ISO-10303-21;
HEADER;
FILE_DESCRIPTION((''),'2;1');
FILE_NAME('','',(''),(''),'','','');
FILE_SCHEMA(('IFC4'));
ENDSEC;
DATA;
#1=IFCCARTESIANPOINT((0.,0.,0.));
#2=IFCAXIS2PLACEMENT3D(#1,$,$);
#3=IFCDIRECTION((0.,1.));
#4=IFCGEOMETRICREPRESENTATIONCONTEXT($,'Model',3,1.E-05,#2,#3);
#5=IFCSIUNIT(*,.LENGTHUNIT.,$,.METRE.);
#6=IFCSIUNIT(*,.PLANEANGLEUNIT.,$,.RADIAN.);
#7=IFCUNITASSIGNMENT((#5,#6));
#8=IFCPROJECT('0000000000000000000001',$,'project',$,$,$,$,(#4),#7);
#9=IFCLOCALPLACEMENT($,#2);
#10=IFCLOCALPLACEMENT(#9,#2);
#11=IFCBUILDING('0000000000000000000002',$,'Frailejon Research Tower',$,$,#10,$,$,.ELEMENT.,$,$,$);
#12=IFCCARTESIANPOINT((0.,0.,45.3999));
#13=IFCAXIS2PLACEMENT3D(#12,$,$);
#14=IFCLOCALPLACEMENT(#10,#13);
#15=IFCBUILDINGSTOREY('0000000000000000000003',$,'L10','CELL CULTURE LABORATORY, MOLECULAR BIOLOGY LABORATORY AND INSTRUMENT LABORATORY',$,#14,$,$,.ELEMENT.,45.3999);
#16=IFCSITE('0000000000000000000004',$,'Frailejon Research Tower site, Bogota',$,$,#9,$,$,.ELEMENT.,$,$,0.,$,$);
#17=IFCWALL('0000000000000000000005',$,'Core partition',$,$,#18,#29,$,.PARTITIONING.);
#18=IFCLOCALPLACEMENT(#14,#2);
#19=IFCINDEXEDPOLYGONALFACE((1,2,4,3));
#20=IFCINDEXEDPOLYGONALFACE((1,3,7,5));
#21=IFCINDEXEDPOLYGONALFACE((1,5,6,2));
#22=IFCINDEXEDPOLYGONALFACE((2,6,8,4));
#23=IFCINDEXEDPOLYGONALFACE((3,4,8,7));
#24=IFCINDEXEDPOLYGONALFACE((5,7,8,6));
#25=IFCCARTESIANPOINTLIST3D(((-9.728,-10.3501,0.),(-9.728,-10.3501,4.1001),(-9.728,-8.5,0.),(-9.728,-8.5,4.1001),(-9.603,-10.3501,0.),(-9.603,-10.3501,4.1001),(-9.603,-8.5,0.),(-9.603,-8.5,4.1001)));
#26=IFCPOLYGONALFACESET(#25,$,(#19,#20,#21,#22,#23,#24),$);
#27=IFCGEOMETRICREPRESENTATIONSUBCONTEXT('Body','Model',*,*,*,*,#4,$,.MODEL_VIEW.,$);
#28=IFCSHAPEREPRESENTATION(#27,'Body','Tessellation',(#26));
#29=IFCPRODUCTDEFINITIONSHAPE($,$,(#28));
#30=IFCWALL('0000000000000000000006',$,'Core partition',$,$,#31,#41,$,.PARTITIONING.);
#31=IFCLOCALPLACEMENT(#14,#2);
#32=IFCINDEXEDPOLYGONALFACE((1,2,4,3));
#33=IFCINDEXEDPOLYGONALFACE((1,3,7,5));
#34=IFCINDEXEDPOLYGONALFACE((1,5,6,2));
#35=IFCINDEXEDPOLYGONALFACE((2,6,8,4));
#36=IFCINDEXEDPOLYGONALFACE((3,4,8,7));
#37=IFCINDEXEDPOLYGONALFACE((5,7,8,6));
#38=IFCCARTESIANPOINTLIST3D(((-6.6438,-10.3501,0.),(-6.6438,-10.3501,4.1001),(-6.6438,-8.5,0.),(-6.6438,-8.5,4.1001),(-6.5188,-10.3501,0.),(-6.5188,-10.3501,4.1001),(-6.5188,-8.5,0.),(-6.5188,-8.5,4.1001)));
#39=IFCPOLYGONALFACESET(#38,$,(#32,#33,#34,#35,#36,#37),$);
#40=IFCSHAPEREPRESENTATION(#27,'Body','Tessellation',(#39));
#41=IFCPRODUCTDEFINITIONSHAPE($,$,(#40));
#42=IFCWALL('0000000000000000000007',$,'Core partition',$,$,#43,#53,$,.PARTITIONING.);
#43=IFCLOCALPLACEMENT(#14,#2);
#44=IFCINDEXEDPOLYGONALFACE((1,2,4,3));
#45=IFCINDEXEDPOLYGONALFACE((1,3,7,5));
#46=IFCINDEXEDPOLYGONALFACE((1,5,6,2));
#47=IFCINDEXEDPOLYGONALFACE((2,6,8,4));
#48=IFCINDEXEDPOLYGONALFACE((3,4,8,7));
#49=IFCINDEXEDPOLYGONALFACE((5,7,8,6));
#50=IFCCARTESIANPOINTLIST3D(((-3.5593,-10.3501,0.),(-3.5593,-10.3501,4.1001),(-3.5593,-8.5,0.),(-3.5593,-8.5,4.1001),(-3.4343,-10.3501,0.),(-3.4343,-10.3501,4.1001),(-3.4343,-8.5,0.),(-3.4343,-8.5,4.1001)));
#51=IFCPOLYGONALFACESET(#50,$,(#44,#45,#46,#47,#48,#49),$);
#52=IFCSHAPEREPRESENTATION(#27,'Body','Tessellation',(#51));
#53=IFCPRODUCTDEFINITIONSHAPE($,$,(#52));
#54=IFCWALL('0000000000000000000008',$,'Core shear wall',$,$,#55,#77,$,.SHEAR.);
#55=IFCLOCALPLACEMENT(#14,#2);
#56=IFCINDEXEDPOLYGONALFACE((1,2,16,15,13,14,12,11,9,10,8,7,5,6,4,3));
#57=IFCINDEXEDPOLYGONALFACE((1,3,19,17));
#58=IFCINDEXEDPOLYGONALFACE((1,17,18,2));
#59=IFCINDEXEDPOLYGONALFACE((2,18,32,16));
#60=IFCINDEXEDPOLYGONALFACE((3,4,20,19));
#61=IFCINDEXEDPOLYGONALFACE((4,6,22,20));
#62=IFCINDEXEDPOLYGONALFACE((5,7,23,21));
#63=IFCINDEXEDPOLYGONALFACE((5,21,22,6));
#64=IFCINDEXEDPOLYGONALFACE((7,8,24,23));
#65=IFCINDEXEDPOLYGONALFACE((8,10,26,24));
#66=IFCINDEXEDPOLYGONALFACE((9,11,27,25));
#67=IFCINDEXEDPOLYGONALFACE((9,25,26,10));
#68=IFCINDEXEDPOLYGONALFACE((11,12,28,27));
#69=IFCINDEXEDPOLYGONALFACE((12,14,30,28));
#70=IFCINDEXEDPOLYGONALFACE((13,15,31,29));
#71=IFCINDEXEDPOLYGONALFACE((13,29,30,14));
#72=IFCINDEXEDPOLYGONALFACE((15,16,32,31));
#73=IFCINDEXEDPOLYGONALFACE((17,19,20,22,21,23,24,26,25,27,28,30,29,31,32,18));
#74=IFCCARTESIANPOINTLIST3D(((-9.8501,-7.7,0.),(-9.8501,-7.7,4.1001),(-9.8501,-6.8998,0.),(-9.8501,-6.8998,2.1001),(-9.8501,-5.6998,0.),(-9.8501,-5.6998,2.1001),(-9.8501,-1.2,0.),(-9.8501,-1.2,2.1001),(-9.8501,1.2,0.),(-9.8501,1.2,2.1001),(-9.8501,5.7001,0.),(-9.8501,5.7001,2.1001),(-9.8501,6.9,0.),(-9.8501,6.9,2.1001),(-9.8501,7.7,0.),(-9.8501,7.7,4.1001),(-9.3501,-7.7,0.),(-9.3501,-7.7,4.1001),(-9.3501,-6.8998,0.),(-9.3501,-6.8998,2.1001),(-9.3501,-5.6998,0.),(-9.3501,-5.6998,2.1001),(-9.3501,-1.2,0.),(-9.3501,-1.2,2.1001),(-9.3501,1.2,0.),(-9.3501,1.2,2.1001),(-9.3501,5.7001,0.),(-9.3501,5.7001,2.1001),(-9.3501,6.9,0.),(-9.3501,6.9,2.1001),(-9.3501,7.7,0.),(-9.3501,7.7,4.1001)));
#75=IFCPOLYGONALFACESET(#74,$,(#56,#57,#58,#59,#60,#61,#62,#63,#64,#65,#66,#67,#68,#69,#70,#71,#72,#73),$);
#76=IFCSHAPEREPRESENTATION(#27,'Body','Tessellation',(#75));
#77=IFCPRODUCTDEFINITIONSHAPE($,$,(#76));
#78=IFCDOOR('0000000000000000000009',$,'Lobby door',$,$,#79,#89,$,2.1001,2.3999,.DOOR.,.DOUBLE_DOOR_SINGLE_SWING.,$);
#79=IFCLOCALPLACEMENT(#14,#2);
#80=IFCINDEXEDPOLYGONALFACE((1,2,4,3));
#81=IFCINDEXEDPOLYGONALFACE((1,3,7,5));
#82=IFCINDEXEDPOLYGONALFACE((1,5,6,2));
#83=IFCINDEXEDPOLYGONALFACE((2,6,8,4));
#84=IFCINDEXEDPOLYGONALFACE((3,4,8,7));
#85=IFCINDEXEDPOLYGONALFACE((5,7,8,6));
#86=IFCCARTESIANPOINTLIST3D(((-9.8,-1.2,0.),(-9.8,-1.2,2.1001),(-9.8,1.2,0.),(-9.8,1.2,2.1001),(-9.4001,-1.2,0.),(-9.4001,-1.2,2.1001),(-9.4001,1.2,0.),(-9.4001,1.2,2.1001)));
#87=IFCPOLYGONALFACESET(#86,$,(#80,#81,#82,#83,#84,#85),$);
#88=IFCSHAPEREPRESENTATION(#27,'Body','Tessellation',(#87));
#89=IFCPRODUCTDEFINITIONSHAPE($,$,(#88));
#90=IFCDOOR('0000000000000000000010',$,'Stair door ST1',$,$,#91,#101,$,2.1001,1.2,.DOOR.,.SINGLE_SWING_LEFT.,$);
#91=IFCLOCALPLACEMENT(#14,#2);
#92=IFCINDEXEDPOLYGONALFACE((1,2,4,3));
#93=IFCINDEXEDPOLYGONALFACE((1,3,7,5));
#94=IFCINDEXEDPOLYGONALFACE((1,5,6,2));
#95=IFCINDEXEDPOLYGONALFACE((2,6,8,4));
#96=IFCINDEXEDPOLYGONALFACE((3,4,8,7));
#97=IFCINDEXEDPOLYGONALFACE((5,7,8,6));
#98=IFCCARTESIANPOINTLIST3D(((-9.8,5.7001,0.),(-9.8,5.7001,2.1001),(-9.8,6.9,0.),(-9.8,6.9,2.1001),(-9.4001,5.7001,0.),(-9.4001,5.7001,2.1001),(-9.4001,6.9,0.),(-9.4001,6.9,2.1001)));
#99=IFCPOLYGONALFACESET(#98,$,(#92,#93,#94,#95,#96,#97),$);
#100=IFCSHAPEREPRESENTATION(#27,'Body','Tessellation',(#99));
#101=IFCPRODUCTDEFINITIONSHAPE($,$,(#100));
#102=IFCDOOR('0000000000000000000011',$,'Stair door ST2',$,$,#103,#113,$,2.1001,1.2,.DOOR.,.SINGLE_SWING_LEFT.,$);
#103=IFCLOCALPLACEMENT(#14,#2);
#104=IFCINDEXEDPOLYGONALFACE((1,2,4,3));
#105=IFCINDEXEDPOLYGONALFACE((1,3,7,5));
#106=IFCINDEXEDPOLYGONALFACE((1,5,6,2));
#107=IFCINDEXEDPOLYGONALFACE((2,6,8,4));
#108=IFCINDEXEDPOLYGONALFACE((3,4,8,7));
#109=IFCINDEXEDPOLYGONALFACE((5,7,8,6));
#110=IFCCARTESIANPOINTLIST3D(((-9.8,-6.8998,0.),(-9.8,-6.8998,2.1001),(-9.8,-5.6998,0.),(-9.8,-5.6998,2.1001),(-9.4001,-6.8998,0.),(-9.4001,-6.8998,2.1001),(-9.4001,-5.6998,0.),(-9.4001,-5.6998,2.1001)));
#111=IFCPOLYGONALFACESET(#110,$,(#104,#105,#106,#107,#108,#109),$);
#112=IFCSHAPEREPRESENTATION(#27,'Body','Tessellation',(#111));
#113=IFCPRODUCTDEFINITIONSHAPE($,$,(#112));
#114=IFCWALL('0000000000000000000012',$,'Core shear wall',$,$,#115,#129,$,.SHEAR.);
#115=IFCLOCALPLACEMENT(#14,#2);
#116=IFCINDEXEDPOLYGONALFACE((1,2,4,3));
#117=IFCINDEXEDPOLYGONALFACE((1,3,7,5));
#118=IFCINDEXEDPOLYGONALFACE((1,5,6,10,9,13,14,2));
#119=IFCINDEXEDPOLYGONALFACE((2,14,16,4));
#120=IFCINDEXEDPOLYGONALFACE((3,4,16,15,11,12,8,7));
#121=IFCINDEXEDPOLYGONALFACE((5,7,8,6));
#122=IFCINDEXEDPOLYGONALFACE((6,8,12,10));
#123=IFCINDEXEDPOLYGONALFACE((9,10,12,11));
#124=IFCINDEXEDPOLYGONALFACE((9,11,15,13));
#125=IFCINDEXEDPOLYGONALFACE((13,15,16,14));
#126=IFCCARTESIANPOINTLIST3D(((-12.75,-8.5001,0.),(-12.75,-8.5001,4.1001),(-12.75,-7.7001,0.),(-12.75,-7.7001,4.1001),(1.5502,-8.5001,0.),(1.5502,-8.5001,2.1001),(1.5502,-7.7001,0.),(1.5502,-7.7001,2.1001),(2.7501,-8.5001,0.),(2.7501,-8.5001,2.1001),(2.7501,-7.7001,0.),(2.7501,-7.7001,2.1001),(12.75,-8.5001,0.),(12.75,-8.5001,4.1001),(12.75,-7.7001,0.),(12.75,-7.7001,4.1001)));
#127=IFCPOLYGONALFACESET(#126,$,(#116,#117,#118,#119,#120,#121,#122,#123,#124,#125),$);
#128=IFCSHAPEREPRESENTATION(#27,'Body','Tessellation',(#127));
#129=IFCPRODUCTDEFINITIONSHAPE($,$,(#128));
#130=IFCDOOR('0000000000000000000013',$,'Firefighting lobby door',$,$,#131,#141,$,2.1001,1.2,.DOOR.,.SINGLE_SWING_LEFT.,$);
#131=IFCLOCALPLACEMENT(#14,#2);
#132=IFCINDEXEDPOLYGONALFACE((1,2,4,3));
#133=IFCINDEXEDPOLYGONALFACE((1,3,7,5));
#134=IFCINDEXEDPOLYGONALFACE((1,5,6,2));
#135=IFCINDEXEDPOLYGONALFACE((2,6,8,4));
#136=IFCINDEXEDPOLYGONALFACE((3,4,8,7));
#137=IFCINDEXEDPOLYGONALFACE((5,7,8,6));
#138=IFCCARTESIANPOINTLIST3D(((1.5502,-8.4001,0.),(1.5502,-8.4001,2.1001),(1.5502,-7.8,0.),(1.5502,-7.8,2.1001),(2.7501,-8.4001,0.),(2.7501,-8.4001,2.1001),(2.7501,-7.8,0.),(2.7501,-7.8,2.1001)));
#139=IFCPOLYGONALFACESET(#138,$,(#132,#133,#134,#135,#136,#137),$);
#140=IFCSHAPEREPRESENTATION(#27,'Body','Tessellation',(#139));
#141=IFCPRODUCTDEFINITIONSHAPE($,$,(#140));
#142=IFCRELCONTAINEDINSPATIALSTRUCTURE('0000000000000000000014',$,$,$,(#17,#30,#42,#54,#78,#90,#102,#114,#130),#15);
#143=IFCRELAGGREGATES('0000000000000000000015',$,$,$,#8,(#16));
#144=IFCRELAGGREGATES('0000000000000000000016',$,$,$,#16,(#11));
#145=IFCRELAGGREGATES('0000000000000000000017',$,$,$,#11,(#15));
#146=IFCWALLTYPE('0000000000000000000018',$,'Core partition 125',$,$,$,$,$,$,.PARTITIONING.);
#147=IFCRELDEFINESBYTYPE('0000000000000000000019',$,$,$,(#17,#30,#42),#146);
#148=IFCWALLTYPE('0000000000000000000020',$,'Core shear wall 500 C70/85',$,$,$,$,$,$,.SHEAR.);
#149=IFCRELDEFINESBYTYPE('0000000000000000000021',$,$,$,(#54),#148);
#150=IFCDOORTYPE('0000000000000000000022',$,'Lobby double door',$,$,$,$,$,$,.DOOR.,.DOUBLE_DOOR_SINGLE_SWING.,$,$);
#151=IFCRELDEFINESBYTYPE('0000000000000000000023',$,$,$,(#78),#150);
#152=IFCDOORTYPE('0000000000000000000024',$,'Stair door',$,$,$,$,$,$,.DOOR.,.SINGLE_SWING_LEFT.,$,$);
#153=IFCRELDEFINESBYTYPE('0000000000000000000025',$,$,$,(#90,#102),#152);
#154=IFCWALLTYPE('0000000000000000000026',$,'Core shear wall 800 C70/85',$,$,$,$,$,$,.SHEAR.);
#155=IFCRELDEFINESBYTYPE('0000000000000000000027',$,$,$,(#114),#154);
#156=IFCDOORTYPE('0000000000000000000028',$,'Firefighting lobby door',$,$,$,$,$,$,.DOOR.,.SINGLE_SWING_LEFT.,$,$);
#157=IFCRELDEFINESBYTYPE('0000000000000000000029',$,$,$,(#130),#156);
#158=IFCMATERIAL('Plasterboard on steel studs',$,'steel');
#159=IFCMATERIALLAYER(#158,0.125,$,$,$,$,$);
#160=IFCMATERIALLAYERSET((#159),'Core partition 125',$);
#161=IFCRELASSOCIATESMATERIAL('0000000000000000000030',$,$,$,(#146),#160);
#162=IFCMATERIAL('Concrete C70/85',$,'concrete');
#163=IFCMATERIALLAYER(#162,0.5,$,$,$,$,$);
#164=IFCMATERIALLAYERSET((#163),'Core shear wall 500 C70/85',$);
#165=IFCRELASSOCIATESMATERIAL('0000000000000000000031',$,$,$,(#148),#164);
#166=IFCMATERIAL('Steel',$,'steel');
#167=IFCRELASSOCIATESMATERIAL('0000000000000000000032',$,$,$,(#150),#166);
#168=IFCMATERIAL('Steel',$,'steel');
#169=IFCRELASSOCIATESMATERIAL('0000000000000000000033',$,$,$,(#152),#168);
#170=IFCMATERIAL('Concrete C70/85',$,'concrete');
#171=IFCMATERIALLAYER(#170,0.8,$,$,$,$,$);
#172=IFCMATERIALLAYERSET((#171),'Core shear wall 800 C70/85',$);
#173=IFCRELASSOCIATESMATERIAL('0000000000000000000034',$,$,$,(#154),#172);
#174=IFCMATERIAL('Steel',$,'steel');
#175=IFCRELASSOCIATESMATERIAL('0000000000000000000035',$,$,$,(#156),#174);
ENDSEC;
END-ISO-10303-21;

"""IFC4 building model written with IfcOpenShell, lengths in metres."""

from ifc_helpers import new_model, si_unit, direction, frame, frame_2d, origin, place, context, subcontext, project, spatial, rectangle, extrude, material, layer, layer_set, type_object, element, fill, save


model = new_model("IFC4")

# Units and contexts
model_context = context("Model", 3, precision=1e-05, world=origin(), true_north=direction((0.0, 1.0)))
body_context = subcontext(model_context, "Body", "Model", "MODEL_VIEW")
ifc_project = project(units=[si_unit("LENGTHUNIT", "METRE"), si_unit("PLANEANGLEUNIT", "RADIAN")], contexts=[model_context])

# Site, building, storey
site_placement = place(None, origin())
site = spatial("IfcSite", under=ifc_project, at=site_placement, Name="Frailejon Research Tower site, Bogota", CompositionType="ELEMENT", RefElevation=0.0)
building_placement = place(site_placement, origin())
building = spatial("IfcBuilding", under=site, at=building_placement, Name="Frailejon Research Tower", CompositionType="ELEMENT")
storey_placement = place(building_placement, frame((0.0, 0.0, 45.3999)))
storey = spatial("IfcBuildingStorey", under=building, at=storey_placement, Name="L10", Description="CELL CULTURE LABORATORY, MOLECULAR BIOLOGY LABORATORY AND INSTRUMENT LABORATORY", CompositionType="ELEMENT", Elevation=45.3999)

# Walls
ifc_material_1 = material(Name="Plasterboard on steel studs", Category="steel")
ifc_layer_1 = layer(ifc_material_1, 0.125)
ifc_layer_set_1 = layer_set([ifc_layer_1], Name="Core partition 125")
wall_type_1 = type_object("IfcWallType", Name="Core partition 125", PredefinedType="PARTITIONING", material=ifc_layer_set_1)
for number, where, z_axis, x_axis, name in (
    (1, (-9.6655, -10.3501, 0.0), (0.0, 0.0, 1.0), (0.0, 1.0, 0.0), "Core partition"),
    (2, (-6.5813, -10.3501, 0.0), (0.0, 0.0, 1.0), (0.0, 1.0, 0.0), "Core partition"),
    (3, (-3.4968, -10.3501, 0.0), (0.0, 0.0, 1.0), (0.0, 1.0, 0.0), "Core partition"),
):
    element("IfcWall", number, at=place(storey_placement, frame(where, z_axis=z_axis, x_axis=x_axis)), inside=storey, type_object=wall_type_1, Name=name, PredefinedType="PARTITIONING", context=body_context, shape_type="SweptSolid", body=[
        extrude(rectangle(XDim=1.8501, YDim=0.125, at=frame_2d((0.925, 0.0))), origin(), (0.0, 0.0, 1.0), 4.1001),
    ])

# Wall, openings, doors
ifc_material_2 = material(Name="Concrete C70/85", Category="concrete")
ifc_layer_2 = layer(ifc_material_2, 0.5)
ifc_layer_set_2 = layer_set([ifc_layer_2], Name="Core shear wall 500 C70/85")
wall_type_2 = type_object("IfcWallType", Name="Core shear wall 500 C70/85", PredefinedType="SHEAR", material=ifc_layer_set_2)
wall_1_placement = place(storey_placement, frame((-9.6001, -7.7, 0.0), z_axis=(0.0, 0.0, 1.0), x_axis=(0.0, 1.0, 0.0)))
wall_1 = element("IfcWall", 4, at=wall_1_placement, inside=storey, type_object=wall_type_2, Name="Core shear wall", PredefinedType="SHEAR", context=body_context, shape_type="SweptSolid", body=[
    extrude(rectangle(XDim=15.3999, YDim=0.5, at=frame_2d((7.7, 0.0))), origin(), (0.0, 0.0, 1.0), 4.1001),
])
opening_1_placement = place(wall_1_placement, frame((6.5, 0.0, 0.0)))
opening_1 = element("IfcOpeningElement", 5, at=opening_1_placement, cuts=wall_1, PredefinedType="OPENING", context=body_context, shape_type="SweptSolid", body=[
    extrude(rectangle(XDim=2.3999, YDim=2.1001, at=frame_2d((1.2, 1.05))), frame((0.0, 0.26, 0.0), z_axis=(0.0, -1.0, 0.0), x_axis=(1.0, 0.0, 0.0)), (0.0, 0.0, 1.0), 0.52),
])
opening_2_placement = place(wall_1_placement, frame((13.3999, 0.0, 0.0)))
opening_2 = element("IfcOpeningElement", 6, at=opening_2_placement, cuts=wall_1, PredefinedType="OPENING", context=body_context, shape_type="SweptSolid", body=[
    extrude(rectangle(XDim=1.2, YDim=2.1001, at=frame_2d((0.6001, 1.05))), frame((0.0, 0.26, 0.0), z_axis=(0.0, -1.0, 0.0), x_axis=(1.0, 0.0, 0.0)), (0.0, 0.0, 1.0), 0.52),
])
opening_3_placement = place(wall_1_placement, frame((0.8, 0.0, 0.0)))
opening_3 = element("IfcOpeningElement", 7, at=opening_3_placement, cuts=wall_1, PredefinedType="OPENING", context=body_context, shape_type="SweptSolid", body=[
    extrude(rectangle(XDim=1.2, YDim=2.1001, at=frame_2d((0.6001, 1.05))), frame((0.0, 0.26, 0.0), z_axis=(0.0, -1.0, 0.0), x_axis=(1.0, 0.0, 0.0)), (0.0, 0.0, 1.0), 0.52),
])
ifc_material_3 = material(Name="Steel", Category="steel")
door_type_1 = type_object("IfcDoorType", Name="Lobby double door", OperationType="DOUBLE_DOOR_SINGLE_SWING", PredefinedType="DOOR", material=ifc_material_3)
door_1_placement = place(opening_1_placement, origin())
door_1 = element("IfcDoor", 8, at=door_1_placement, inside=storey, type_object=door_type_1, Name="Lobby door", OperationType="DOUBLE_DOOR_SINGLE_SWING", OverallHeight=2.1001, OverallWidth=2.3999, PredefinedType="DOOR", context=body_context, shape_type="SweptSolid", body=[
    extrude(rectangle(XDim=2.3999, YDim=2.1001, at=frame_2d((1.2, 1.05))), frame((0.0, 0.2, 0.0), z_axis=(0.0, -1.0, 0.0), x_axis=(1.0, 0.0, 0.0)), (0.0, 0.0, 1.0), 0.3999),
])
fill(opening_1, door_1)
ifc_material_4 = material(Name="Steel", Category="steel")
door_type_2 = type_object("IfcDoorType", Name="Stair door", OperationType="SINGLE_SWING_LEFT", PredefinedType="DOOR", material=ifc_material_4)
door_2_placement = place(opening_2_placement, origin())
door_2 = element("IfcDoor", 9, at=door_2_placement, inside=storey, type_object=door_type_2, Name="Stair door ST1", OperationType="SINGLE_SWING_LEFT", OverallHeight=2.1001, OverallWidth=1.2, PredefinedType="DOOR", context=body_context, shape_type="SweptSolid", body=[
    extrude(rectangle(XDim=1.2, YDim=2.1001, at=frame_2d((0.6001, 1.05))), frame((0.0, 0.2, 0.0), z_axis=(0.0, -1.0, 0.0), x_axis=(1.0, 0.0, 0.0)), (0.0, 0.0, 1.0), 0.3999),
])
fill(opening_2, door_2)
door_3_placement = place(opening_3_placement, origin())
door_3 = element("IfcDoor", 10, at=door_3_placement, inside=storey, type_object=door_type_2, Name="Stair door ST2", OperationType="SINGLE_SWING_LEFT", OverallHeight=2.1001, OverallWidth=1.2, PredefinedType="DOOR", context=body_context, shape_type="SweptSolid", body=[
    extrude(rectangle(XDim=1.2, YDim=2.1001, at=frame_2d((0.6001, 1.05))), frame((0.0, 0.2, 0.0), z_axis=(0.0, -1.0, 0.0), x_axis=(1.0, 0.0, 0.0)), (0.0, 0.0, 1.0), 0.3999),
])
fill(opening_3, door_3)

# Wall, opening, door
ifc_material_5 = material(Name="Concrete C70/85", Category="concrete")
ifc_layer_3 = layer(ifc_material_5, 0.8)
ifc_layer_set_3 = layer_set([ifc_layer_3], Name="Core shear wall 800 C70/85")
wall_type_3 = type_object("IfcWallType", Name="Core shear wall 800 C70/85", PredefinedType="SHEAR", material=ifc_layer_set_3)
wall_2_placement = place(storey_placement, frame((-12.75, -8.1001, 0.0), z_axis=(0.0, 0.0, 1.0), x_axis=(1.0, 0.0, 0.0)))
wall_2 = element("IfcWall", 11, at=wall_2_placement, inside=storey, type_object=wall_type_3, Name="Core shear wall", PredefinedType="SHEAR", context=body_context, shape_type="SweptSolid", body=[
    extrude(rectangle(XDim=25.5, YDim=0.8, at=frame_2d((12.75, 0.0))), origin(), (0.0, 0.0, 1.0), 4.1001),
])
opening_4_placement = place(wall_2_placement, frame((14.3, 0.0, 0.0)))
opening_4 = element("IfcOpeningElement", 12, at=opening_4_placement, cuts=wall_2, PredefinedType="OPENING", context=body_context, shape_type="SweptSolid", body=[
    extrude(rectangle(XDim=1.2, YDim=2.1001, at=frame_2d((0.6001, 1.05))), frame((0.0, 0.4099, 0.0), z_axis=(0.0, -1.0, 0.0), x_axis=(1.0, 0.0, 0.0)), (0.0, 0.0, 1.0), 0.8201),
])
ifc_material_6 = material(Name="Steel", Category="steel")
door_type_3 = type_object("IfcDoorType", Name="Firefighting lobby door", OperationType="SINGLE_SWING_LEFT", PredefinedType="DOOR", material=ifc_material_6)
door_4_placement = place(opening_4_placement, origin())
door_4 = element("IfcDoor", 13, at=door_4_placement, inside=storey, type_object=door_type_3, Name="Firefighting lobby door", OperationType="SINGLE_SWING_LEFT", OverallHeight=2.1001, OverallWidth=1.2, PredefinedType="DOOR", context=body_context, shape_type="SweptSolid", body=[
    extrude(rectangle(XDim=1.2, YDim=2.1001, at=frame_2d((0.6001, 1.05))), frame((0.0, 0.3, 0.0), z_axis=(0.0, -1.0, 0.0), x_axis=(1.0, 0.0, 0.0)), (0.0, 0.0, 1.0), 0.6001),
])
fill(opening_4, door_4)

save(model, "model.ifc")
